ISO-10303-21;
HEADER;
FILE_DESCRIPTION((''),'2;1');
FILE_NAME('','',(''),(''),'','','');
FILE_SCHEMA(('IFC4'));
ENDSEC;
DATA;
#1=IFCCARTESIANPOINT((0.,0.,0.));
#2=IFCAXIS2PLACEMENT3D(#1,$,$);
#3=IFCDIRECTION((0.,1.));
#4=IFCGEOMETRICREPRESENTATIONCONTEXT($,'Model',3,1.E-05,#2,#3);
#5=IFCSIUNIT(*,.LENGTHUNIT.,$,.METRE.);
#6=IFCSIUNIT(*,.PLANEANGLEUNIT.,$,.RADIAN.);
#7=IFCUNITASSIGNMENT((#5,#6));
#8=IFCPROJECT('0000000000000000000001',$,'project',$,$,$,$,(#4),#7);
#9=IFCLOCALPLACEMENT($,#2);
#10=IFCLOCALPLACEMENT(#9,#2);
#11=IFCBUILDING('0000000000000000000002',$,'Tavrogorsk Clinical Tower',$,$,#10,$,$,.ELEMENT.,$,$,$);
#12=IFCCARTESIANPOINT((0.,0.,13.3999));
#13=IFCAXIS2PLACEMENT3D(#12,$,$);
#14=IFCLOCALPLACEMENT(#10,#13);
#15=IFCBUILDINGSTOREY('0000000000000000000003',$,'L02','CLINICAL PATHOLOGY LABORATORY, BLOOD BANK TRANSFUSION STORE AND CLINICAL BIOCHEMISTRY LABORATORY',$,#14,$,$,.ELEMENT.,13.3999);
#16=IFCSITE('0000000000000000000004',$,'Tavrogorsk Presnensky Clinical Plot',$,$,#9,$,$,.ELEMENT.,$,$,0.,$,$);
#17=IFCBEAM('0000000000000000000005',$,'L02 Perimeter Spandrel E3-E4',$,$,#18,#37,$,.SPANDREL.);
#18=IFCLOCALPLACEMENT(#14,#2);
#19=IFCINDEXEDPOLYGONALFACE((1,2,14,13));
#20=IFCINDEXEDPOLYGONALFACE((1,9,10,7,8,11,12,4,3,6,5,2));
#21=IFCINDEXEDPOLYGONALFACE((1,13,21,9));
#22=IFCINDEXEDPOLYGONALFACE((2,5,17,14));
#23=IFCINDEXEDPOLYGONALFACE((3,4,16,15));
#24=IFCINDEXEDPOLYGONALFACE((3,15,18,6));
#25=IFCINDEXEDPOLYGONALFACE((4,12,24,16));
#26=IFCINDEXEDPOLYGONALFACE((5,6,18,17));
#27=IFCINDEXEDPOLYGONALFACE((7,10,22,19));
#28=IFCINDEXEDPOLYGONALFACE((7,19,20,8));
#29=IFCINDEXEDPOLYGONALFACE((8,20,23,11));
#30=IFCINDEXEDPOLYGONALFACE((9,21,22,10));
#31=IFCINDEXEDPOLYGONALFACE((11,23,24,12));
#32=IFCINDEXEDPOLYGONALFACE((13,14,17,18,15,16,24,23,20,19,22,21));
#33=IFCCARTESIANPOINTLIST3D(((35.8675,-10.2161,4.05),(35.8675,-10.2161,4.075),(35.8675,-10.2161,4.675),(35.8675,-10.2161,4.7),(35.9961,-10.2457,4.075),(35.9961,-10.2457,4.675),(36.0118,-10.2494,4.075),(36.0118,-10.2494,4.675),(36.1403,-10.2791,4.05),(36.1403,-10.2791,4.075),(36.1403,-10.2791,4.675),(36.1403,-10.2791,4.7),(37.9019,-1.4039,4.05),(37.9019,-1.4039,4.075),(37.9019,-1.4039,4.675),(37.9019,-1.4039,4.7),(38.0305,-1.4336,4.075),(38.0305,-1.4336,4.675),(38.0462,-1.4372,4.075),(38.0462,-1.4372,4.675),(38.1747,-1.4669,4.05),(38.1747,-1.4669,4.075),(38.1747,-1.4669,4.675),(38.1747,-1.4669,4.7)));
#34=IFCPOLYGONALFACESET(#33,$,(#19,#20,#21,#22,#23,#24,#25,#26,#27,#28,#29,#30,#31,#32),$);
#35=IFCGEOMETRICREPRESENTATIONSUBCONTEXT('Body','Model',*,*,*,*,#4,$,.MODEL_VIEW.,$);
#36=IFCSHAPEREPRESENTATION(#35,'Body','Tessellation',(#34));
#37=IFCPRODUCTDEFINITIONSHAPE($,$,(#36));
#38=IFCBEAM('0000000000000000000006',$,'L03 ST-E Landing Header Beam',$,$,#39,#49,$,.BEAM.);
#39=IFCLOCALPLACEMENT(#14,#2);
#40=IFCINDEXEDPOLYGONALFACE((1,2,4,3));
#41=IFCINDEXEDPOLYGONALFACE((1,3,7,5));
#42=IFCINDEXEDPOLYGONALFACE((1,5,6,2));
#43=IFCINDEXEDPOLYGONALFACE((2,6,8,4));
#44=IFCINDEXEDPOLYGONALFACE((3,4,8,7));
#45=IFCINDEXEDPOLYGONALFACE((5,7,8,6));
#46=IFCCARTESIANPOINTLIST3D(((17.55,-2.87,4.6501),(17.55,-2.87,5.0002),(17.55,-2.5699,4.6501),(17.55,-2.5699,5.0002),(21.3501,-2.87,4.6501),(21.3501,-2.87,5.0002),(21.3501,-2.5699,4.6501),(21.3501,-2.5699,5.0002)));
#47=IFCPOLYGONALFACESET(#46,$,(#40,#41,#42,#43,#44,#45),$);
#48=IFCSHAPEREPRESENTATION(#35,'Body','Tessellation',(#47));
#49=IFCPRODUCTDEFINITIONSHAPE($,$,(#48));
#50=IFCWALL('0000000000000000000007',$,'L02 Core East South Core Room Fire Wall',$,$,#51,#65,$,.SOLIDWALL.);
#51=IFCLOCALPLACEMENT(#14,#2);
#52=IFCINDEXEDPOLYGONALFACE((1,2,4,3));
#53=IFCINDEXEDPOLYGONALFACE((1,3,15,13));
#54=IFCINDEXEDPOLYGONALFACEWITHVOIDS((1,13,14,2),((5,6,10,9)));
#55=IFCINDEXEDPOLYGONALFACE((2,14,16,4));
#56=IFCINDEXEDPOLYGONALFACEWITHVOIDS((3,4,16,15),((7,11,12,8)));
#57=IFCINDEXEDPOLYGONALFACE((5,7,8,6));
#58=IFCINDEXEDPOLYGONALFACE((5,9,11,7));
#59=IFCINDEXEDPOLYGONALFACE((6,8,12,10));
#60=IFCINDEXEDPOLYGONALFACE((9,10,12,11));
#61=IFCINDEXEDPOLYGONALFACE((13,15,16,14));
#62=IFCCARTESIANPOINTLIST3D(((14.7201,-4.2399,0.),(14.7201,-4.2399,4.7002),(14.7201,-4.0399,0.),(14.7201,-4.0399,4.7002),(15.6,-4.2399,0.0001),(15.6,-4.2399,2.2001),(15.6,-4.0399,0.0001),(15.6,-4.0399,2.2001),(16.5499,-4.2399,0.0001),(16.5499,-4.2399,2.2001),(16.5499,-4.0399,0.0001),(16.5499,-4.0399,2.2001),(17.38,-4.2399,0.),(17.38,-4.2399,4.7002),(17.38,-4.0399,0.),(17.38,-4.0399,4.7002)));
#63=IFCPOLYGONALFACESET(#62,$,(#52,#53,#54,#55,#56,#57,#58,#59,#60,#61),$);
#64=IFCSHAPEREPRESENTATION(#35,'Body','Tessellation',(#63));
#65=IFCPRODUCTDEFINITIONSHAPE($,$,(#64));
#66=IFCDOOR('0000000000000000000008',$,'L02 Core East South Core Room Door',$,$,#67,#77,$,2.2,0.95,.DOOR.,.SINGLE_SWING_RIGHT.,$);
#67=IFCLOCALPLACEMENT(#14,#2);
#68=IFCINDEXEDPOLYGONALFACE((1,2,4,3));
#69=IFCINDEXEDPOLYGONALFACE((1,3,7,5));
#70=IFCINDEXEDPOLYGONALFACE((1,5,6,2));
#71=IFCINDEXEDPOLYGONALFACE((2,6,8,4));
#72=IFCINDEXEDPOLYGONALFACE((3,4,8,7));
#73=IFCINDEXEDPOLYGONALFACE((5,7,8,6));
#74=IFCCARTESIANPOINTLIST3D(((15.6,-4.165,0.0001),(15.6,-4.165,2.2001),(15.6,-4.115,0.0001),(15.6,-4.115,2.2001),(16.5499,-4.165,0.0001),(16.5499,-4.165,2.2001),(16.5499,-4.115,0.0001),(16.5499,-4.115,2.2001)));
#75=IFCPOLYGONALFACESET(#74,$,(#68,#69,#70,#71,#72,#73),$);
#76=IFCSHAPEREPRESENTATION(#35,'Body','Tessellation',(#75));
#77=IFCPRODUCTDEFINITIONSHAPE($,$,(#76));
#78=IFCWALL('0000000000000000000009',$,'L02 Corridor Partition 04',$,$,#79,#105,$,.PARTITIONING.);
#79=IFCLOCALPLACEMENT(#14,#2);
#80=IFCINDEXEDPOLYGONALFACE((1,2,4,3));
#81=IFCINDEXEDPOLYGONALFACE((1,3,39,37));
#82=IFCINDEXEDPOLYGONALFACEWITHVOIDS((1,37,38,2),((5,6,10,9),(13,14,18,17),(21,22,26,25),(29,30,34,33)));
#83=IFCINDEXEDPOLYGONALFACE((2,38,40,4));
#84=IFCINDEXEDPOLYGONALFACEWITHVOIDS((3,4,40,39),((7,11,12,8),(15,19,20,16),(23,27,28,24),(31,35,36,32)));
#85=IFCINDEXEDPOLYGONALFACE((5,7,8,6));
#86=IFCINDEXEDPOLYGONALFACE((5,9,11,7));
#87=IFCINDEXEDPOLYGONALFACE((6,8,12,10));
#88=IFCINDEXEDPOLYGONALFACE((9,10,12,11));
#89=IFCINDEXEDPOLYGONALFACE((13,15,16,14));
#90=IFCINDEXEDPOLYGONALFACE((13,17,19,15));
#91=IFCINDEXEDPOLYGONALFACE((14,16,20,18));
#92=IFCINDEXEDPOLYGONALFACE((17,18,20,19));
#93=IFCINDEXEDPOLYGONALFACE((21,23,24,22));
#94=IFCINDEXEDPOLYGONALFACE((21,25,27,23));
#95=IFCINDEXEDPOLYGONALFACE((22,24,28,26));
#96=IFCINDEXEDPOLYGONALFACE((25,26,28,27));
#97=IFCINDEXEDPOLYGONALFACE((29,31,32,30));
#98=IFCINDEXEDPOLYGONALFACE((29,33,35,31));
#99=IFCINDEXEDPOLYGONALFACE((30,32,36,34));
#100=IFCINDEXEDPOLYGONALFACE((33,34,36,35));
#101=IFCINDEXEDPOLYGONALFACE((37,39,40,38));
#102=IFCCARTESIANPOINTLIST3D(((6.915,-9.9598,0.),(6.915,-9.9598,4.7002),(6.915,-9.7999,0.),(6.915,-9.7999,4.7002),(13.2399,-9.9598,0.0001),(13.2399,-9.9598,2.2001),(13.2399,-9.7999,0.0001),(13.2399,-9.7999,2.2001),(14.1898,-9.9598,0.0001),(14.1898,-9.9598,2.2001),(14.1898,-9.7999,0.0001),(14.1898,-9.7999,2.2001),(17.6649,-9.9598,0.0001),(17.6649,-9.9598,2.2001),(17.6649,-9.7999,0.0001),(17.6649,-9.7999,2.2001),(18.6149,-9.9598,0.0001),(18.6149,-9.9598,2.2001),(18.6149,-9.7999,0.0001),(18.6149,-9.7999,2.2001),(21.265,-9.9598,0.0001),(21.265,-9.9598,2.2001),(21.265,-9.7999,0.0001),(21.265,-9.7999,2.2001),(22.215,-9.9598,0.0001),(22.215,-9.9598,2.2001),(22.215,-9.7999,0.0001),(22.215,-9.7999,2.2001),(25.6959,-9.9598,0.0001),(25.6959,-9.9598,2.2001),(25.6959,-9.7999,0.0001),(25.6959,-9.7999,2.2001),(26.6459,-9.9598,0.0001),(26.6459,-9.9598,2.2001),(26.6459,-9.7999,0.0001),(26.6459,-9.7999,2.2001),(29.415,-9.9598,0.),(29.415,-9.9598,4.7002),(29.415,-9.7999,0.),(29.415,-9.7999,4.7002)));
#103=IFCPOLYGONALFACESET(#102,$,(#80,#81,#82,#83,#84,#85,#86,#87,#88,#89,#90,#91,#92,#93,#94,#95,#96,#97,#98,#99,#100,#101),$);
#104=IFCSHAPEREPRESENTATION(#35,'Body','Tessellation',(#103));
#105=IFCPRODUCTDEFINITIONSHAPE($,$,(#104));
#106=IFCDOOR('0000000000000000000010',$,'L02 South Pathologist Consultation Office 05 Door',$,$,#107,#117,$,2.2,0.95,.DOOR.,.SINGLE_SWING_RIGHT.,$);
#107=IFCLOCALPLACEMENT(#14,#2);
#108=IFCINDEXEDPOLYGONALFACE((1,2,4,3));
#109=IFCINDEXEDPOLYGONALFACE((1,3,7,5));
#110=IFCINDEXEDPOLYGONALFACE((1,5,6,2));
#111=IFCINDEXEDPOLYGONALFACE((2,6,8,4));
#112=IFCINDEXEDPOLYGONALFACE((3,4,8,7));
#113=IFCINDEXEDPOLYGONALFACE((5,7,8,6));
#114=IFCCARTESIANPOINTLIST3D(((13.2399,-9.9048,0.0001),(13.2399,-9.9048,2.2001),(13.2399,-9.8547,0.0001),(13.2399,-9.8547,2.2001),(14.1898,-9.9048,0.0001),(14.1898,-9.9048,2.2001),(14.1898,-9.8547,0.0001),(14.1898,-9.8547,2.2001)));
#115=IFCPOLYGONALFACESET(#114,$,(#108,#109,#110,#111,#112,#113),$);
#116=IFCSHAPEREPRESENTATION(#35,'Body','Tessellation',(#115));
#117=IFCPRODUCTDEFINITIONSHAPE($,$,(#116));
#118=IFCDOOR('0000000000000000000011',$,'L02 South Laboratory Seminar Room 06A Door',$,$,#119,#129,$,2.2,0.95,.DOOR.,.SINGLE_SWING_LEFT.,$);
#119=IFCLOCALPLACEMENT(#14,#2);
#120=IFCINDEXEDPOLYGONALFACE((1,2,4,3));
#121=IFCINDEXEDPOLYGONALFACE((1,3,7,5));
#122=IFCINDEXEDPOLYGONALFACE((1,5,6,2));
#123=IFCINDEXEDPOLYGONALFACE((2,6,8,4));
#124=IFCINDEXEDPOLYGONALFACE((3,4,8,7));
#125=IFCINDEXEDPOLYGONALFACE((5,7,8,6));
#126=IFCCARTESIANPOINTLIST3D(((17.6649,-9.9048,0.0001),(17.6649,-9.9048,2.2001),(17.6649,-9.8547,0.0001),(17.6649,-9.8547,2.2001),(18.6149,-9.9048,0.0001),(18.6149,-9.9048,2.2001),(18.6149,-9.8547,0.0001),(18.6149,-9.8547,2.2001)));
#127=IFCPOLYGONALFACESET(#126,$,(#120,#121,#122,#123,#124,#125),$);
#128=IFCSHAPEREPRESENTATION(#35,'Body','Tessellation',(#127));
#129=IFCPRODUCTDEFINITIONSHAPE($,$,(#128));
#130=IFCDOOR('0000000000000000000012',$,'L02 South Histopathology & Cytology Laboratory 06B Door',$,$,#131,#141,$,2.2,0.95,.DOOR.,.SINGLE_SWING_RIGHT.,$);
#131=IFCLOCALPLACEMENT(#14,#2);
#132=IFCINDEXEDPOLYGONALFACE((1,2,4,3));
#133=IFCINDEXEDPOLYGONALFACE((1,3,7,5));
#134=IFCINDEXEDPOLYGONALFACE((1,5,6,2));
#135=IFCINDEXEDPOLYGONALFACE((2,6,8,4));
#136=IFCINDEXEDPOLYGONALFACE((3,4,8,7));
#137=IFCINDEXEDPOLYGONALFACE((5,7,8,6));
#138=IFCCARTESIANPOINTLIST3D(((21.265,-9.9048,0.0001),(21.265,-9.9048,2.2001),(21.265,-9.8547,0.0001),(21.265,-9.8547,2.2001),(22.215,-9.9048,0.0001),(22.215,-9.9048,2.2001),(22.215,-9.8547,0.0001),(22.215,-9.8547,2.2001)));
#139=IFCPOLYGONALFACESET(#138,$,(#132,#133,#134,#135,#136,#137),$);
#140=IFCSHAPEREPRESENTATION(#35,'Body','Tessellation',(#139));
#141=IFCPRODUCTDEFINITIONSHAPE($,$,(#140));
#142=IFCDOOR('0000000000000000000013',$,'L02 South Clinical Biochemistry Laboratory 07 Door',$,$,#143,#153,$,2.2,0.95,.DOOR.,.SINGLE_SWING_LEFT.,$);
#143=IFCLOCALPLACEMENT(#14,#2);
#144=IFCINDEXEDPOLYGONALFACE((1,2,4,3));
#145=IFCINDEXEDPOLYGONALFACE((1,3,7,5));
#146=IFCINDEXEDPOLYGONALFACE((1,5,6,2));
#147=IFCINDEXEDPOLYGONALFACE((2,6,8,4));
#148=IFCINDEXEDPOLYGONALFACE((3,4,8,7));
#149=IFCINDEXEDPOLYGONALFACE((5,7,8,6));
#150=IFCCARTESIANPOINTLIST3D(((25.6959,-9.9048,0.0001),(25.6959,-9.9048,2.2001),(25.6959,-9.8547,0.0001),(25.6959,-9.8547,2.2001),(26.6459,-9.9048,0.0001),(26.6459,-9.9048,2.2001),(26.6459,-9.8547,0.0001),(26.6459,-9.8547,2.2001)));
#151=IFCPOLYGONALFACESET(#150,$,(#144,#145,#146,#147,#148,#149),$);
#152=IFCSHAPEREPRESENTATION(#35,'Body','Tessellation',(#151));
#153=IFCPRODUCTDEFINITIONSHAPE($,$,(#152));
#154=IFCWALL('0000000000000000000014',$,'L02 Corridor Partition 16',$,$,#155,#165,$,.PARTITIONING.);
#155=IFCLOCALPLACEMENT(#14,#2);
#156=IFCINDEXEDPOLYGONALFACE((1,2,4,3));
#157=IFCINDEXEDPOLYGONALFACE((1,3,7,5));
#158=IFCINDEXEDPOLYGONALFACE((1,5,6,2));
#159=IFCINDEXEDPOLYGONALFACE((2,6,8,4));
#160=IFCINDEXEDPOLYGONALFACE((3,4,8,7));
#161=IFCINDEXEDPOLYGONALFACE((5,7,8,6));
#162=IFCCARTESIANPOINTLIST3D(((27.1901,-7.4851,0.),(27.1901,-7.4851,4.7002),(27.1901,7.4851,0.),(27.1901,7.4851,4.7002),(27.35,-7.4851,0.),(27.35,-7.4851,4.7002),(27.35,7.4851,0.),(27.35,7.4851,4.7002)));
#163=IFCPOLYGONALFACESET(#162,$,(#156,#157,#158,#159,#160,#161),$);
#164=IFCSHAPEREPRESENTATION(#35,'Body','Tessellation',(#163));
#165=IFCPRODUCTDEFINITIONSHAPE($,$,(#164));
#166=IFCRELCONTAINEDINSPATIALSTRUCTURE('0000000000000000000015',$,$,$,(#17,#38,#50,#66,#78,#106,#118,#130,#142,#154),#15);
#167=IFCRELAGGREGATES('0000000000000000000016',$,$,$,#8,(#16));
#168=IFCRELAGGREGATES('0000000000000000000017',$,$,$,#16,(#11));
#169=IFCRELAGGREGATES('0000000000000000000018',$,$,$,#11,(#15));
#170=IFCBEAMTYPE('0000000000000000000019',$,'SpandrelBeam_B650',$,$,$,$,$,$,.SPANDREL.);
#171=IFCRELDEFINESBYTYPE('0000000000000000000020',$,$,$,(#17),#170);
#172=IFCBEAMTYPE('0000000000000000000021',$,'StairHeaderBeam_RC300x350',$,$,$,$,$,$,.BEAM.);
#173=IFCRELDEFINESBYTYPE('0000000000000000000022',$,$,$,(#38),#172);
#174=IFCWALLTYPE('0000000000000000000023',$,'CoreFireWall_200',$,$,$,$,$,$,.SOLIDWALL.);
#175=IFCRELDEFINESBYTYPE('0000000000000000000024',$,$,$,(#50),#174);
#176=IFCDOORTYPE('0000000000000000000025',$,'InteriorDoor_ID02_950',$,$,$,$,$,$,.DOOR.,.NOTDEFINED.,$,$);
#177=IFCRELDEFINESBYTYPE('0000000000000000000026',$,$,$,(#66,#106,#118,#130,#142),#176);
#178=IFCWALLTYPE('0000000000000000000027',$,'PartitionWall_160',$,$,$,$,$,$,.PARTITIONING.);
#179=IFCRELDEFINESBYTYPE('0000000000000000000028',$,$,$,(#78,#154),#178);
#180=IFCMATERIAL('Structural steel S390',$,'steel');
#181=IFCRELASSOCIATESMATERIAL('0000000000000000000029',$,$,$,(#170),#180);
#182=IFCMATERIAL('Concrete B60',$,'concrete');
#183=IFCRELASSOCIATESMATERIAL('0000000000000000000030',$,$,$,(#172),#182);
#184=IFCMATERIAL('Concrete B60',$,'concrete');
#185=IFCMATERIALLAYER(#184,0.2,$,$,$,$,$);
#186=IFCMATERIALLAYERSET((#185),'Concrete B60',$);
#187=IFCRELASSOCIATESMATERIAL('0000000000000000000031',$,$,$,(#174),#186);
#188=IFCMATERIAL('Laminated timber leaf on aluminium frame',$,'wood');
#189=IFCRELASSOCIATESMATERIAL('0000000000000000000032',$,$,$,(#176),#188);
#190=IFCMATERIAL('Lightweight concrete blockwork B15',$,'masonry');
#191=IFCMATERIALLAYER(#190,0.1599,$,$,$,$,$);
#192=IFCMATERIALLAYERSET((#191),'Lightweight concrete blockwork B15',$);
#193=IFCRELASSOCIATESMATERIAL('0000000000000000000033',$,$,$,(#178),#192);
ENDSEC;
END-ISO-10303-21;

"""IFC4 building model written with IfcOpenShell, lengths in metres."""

from ifc_helpers import new_model, si_unit, direction, frame, frame_2d, origin, origin_2d, place, context, subcontext, project, spatial, rectangle, i_section, extrude, material, layer, layer_set, material_profile, profile_set, type_object, element, fill, save


model = new_model("IFC4")

# Units and contexts
model_context = context("Model", 3, precision=1e-05, world=origin(), true_north=direction((0.0, 1.0)))
body_context = subcontext(model_context, "Body", "Model", "MODEL_VIEW")
ifc_project = project(units=[si_unit("LENGTHUNIT", "METRE"), si_unit("PLANEANGLEUNIT", "RADIAN")], contexts=[model_context])

# Site, building, storey
site_placement = place(None, origin())
site = spatial("IfcSite", under=ifc_project, at=site_placement, Name="Tavrogorsk Presnensky Clinical Plot", CompositionType="ELEMENT", RefElevation=0.0)
building_placement = place(site_placement, origin())
building = spatial("IfcBuilding", under=site, at=building_placement, Name="Tavrogorsk Clinical Tower", CompositionType="ELEMENT")
storey_placement = place(building_placement, frame((0.0, 0.0, 13.3999)))
storey = spatial("IfcBuildingStorey", under=building, at=storey_placement, Name="L02", Description="CLINICAL PATHOLOGY LABORATORY, BLOOD BANK TRANSFUSION STORE AND CLINICAL BIOCHEMISTRY LABORATORY", CompositionType="ELEMENT", Elevation=13.3999)

# Beams
ifc_material_1 = material(Name="Structural steel S390", Category="steel")
ifc_material_profile_1 = material_profile(ifc_material_1, i_section(OverallWidth=0.28, OverallDepth=0.6499, WebThickness=0.0161, FlangeThickness=0.0249, at=origin_2d()), Name="B-650x280x16x25")
ifc_profile_set_1 = profile_set([ifc_material_profile_1], Name="Structural steel S390")
beam_type_1 = type_object("IfcBeamType", Name="SpandrelBeam_B650", PredefinedType="SPANDREL", material=ifc_profile_set_1)
beam_1_placement = place(storey_placement, frame((36.0039, -10.2476, 4.375), z_axis=(0.224946, 0.974371, 0.0), x_axis=(-0.974371, 0.224946, 0.0)))
element("IfcBeam", 1, at=beam_1_placement, inside=storey, type_object=beam_type_1, Name="L02 Perimeter Spandrel E3-E4", PredefinedType="SPANDREL", context=body_context, shape_type="SweptSolid", body=[
    extrude(i_section(OverallWidth=0.28, OverallDepth=0.6499, WebThickness=0.0161, FlangeThickness=0.0249, at=origin_2d()), origin(), (0.0, 0.0, 1.0), 9.0439),
])
ifc_material_2 = material(Name="Concrete B60", Category="concrete")
ifc_material_profile_2 = material_profile(ifc_material_2, rectangle(XDim=0.3, YDim=0.3501, at=origin_2d()), Name="RC-SHB-300x350")
ifc_profile_set_2 = profile_set([ifc_material_profile_2], Name="Concrete B60")
beam_type_2 = type_object("IfcBeamType", Name="StairHeaderBeam_RC300x350", PredefinedType="BEAM", material=ifc_profile_set_2)
beam_2_placement = place(storey_placement, frame((17.55, -2.72, 4.8252), z_axis=(1.0, 0.0, 0.0), x_axis=(0.0, 1.0, 0.0)))
element("IfcBeam", 2, at=beam_2_placement, inside=storey, type_object=beam_type_2, Name="L03 ST-E Landing Header Beam", PredefinedType="BEAM", context=body_context, shape_type="SweptSolid", body=[
    extrude(rectangle(XDim=0.3, YDim=0.3501, at=origin_2d()), origin(), (0.0, 0.0, 1.0), 3.8),
])

# Wall, opening, door
ifc_material_3 = material(Name="Concrete B60", Category="concrete")
ifc_layer_1 = layer(ifc_material_3, 0.2)
ifc_layer_set_1 = layer_set([ifc_layer_1], Name="Concrete B60")
wall_type_1 = type_object("IfcWallType", Name="CoreFireWall_200", PredefinedType="SOLIDWALL", material=ifc_layer_set_1)
wall_1_placement = place(storey_placement, frame((14.72, -4.1399, 0.0), z_axis=(0.0, 0.0, 1.0), x_axis=(1.0, 0.0, 0.0)))
wall_1 = element("IfcWall", 3, at=wall_1_placement, inside=storey, type_object=wall_type_1, Name="L02 Core East South Core Room Fire Wall", PredefinedType="SOLIDWALL", context=body_context, shape_type="SweptSolid", body=[
    extrude(rectangle(XDim=2.6599, YDim=0.2, at=frame_2d((1.3301, 0.0))), origin(), (0.0, 0.0, 1.0), 4.7002),
])
opening_1_placement = place(wall_1_placement, frame((0.8799, 0.0, 0.0)))
opening_1 = element("IfcOpeningElement", 4, at=opening_1_placement, cuts=wall_1, PredefinedType="OPENING", context=body_context, shape_type="SweptSolid", body=[
    extrude(rectangle(XDim=0.95, YDim=2.2, at=frame_2d((0.4751, 1.1001))), frame((0.0, 0.1099, 0.0), z_axis=(0.0, -1.0, 0.0), x_axis=(1.0, 0.0, 0.0)), (0.0, 0.0, 1.0), 0.22),
])
ifc_material_4 = material(Name="Laminated timber leaf on aluminium frame", Category="wood")
door_type_1 = type_object("IfcDoorType", Name="InteriorDoor_ID02_950", OperationType="NOTDEFINED", PredefinedType="DOOR", material=ifc_material_4)
door_1_placement = place(opening_1_placement, origin())
door_1 = element("IfcDoor", 5, at=door_1_placement, inside=storey, type_object=door_type_1, Name="L02 Core East South Core Room Door", OperationType="SINGLE_SWING_RIGHT", OverallHeight=2.2, OverallWidth=0.95, PredefinedType="DOOR", context=body_context, shape_type="SweptSolid", body=[
    extrude(rectangle(XDim=0.95, YDim=2.2, at=frame_2d((0.4751, 1.1001))), frame((0.0, 0.0249, 0.0), z_axis=(0.0, -1.0, 0.0), x_axis=(1.0, 0.0, 0.0)), (0.0, 0.0, 1.0), 0.05),
])
fill(opening_1, door_1)

# Wall, openings, doors
ifc_material_5 = material(Name="Lightweight concrete blockwork B15", Category="masonry")
ifc_layer_2 = layer(ifc_material_5, 0.1599)
ifc_layer_set_2 = layer_set([ifc_layer_2], Name="Lightweight concrete blockwork B15")
wall_type_2 = type_object("IfcWallType", Name="PartitionWall_160", PredefinedType="PARTITIONING", material=ifc_layer_set_2)
wall_2_placement = place(storey_placement, frame((29.415, -9.8799, 0.0), z_axis=(0.0, 0.0, 1.0), x_axis=(-1.0, 0.0, 0.0)))
wall_2 = element("IfcWall", 6, at=wall_2_placement, inside=storey, type_object=wall_type_2, Name="L02 Corridor Partition 04", PredefinedType="PARTITIONING", context=body_context, shape_type="SweptSolid", body=[
    extrude(rectangle(XDim=22.5, YDim=0.1599, at=frame_2d((11.25, 0.0))), origin(), (0.0, 0.0, 1.0), 4.7002),
])
opening_2_placement = place(wall_2_placement, frame((15.2251, 0.0, 0.0)))
opening_2 = element("IfcOpeningElement", 7, at=opening_2_placement, cuts=wall_2, PredefinedType="OPENING", context=body_context, shape_type="SweptSolid", body=[
    extrude(rectangle(XDim=0.95, YDim=2.2, at=frame_2d((0.4751, 1.1001))), frame((0.0, 0.0898, 0.0), z_axis=(0.0, -1.0, 0.0), x_axis=(1.0, 0.0, 0.0)), (0.0, 0.0, 1.0), 0.1799),
])
opening_3_placement = place(wall_2_placement, frame((10.8, 0.0, 0.0)))
opening_3 = element("IfcOpeningElement", 8, at=opening_3_placement, cuts=wall_2, PredefinedType="OPENING", context=body_context, shape_type="SweptSolid", body=[
    extrude(rectangle(XDim=0.95, YDim=2.2, at=frame_2d((0.4751, 1.1001))), frame((0.0, 0.0898, 0.0), z_axis=(0.0, -1.0, 0.0), x_axis=(1.0, 0.0, 0.0)), (0.0, 0.0, 1.0), 0.1799),
])
opening_4_placement = place(wall_2_placement, frame((7.2, 0.0, 0.0)))
opening_4 = element("IfcOpeningElement", 9, at=opening_4_placement, cuts=wall_2, PredefinedType="OPENING", context=body_context, shape_type="SweptSolid", body=[
    extrude(rectangle(XDim=0.95, YDim=2.2, at=frame_2d((0.4751, 1.1001))), frame((0.0, 0.0898, 0.0), z_axis=(0.0, -1.0, 0.0), x_axis=(1.0, 0.0, 0.0)), (0.0, 0.0, 1.0), 0.1799),
])
opening_5_placement = place(wall_2_placement, frame((2.769, 0.0, 0.0)))
opening_5 = element("IfcOpeningElement", 10, at=opening_5_placement, cuts=wall_2, PredefinedType="OPENING", context=body_context, shape_type="SweptSolid", body=[
    extrude(rectangle(XDim=0.95, YDim=2.2, at=frame_2d((0.4751, 1.1001))), frame((0.0, 0.0898, 0.0), z_axis=(0.0, -1.0, 0.0), x_axis=(1.0, 0.0, 0.0)), (0.0, 0.0, 1.0), 0.1799),
])
door_2_placement = place(opening_2_placement, origin())
door_2 = element("IfcDoor", 11, at=door_2_placement, inside=storey, type_object=door_type_1, Name="L02 South Pathologist Consultation Office 05 Door", OperationType="SINGLE_SWING_RIGHT", OverallHeight=2.2, OverallWidth=0.95, PredefinedType="DOOR", context=body_context, shape_type="SweptSolid", body=[
    extrude(rectangle(XDim=0.95, YDim=2.2, at=frame_2d((0.4751, 1.1001))), frame((0.0, 0.0249, 0.0), z_axis=(0.0, -1.0, 0.0), x_axis=(1.0, 0.0, 0.0)), (0.0, 0.0, 1.0), 0.05),
])
fill(opening_2, door_2)
door_3_placement = place(opening_3_placement, origin())
door_3 = element("IfcDoor", 12, at=door_3_placement, inside=storey, type_object=door_type_1, Name="L02 South Laboratory Seminar Room 06A Door", OperationType="SINGLE_SWING_LEFT", OverallHeight=2.2, OverallWidth=0.95, PredefinedType="DOOR", context=body_context, shape_type="SweptSolid", body=[
    extrude(rectangle(XDim=0.95, YDim=2.2, at=frame_2d((0.4751, 1.1001))), frame((0.0, 0.0249, 0.0), z_axis=(0.0, -1.0, 0.0), x_axis=(1.0, 0.0, 0.0)), (0.0, 0.0, 1.0), 0.05),
])
fill(opening_3, door_3)
door_4_placement = place(opening_4_placement, origin())
door_4 = element("IfcDoor", 13, at=door_4_placement, inside=storey, type_object=door_type_1, Name="L02 South Histopathology & Cytology Laboratory 06B Door", OperationType="SINGLE_SWING_RIGHT", OverallHeight=2.2, OverallWidth=0.95, PredefinedType="DOOR", context=body_context, shape_type="SweptSolid", body=[
    extrude(rectangle(XDim=0.95, YDim=2.2, at=frame_2d((0.4751, 1.1001))), frame((0.0, 0.0249, 0.0), z_axis=(0.0, -1.0, 0.0), x_axis=(1.0, 0.0, 0.0)), (0.0, 0.0, 1.0), 0.05),
])
fill(opening_4, door_4)
door_5_placement = place(opening_5_placement, origin())
door_5 = element("IfcDoor", 14, at=door_5_placement, inside=storey, type_object=door_type_1, Name="L02 South Clinical Biochemistry Laboratory 07 Door", OperationType="SINGLE_SWING_LEFT", OverallHeight=2.2, OverallWidth=0.95, PredefinedType="DOOR", context=body_context, shape_type="SweptSolid", body=[
    extrude(rectangle(XDim=0.95, YDim=2.2, at=frame_2d((0.4751, 1.1001))), frame((0.0, 0.0249, 0.0), z_axis=(0.0, -1.0, 0.0), x_axis=(1.0, 0.0, 0.0)), (0.0, 0.0, 1.0), 0.05),
])
fill(opening_5, door_5)

# Wall
wall_3_placement = place(storey_placement, frame((27.27, -7.4851, 0.0), z_axis=(0.0, 0.0, 1.0), x_axis=(0.0, 1.0, 0.0)))
element("IfcWall", 15, at=wall_3_placement, inside=storey, type_object=wall_type_2, Name="L02 Corridor Partition 16", PredefinedType="PARTITIONING", context=body_context, shape_type="SweptSolid", body=[
    extrude(rectangle(XDim=14.9702, YDim=0.1599, at=frame_2d((7.4851, 0.0))), origin(), (0.0, 0.0, 1.0), 4.7002),
])

save(model, "model.ifc")
